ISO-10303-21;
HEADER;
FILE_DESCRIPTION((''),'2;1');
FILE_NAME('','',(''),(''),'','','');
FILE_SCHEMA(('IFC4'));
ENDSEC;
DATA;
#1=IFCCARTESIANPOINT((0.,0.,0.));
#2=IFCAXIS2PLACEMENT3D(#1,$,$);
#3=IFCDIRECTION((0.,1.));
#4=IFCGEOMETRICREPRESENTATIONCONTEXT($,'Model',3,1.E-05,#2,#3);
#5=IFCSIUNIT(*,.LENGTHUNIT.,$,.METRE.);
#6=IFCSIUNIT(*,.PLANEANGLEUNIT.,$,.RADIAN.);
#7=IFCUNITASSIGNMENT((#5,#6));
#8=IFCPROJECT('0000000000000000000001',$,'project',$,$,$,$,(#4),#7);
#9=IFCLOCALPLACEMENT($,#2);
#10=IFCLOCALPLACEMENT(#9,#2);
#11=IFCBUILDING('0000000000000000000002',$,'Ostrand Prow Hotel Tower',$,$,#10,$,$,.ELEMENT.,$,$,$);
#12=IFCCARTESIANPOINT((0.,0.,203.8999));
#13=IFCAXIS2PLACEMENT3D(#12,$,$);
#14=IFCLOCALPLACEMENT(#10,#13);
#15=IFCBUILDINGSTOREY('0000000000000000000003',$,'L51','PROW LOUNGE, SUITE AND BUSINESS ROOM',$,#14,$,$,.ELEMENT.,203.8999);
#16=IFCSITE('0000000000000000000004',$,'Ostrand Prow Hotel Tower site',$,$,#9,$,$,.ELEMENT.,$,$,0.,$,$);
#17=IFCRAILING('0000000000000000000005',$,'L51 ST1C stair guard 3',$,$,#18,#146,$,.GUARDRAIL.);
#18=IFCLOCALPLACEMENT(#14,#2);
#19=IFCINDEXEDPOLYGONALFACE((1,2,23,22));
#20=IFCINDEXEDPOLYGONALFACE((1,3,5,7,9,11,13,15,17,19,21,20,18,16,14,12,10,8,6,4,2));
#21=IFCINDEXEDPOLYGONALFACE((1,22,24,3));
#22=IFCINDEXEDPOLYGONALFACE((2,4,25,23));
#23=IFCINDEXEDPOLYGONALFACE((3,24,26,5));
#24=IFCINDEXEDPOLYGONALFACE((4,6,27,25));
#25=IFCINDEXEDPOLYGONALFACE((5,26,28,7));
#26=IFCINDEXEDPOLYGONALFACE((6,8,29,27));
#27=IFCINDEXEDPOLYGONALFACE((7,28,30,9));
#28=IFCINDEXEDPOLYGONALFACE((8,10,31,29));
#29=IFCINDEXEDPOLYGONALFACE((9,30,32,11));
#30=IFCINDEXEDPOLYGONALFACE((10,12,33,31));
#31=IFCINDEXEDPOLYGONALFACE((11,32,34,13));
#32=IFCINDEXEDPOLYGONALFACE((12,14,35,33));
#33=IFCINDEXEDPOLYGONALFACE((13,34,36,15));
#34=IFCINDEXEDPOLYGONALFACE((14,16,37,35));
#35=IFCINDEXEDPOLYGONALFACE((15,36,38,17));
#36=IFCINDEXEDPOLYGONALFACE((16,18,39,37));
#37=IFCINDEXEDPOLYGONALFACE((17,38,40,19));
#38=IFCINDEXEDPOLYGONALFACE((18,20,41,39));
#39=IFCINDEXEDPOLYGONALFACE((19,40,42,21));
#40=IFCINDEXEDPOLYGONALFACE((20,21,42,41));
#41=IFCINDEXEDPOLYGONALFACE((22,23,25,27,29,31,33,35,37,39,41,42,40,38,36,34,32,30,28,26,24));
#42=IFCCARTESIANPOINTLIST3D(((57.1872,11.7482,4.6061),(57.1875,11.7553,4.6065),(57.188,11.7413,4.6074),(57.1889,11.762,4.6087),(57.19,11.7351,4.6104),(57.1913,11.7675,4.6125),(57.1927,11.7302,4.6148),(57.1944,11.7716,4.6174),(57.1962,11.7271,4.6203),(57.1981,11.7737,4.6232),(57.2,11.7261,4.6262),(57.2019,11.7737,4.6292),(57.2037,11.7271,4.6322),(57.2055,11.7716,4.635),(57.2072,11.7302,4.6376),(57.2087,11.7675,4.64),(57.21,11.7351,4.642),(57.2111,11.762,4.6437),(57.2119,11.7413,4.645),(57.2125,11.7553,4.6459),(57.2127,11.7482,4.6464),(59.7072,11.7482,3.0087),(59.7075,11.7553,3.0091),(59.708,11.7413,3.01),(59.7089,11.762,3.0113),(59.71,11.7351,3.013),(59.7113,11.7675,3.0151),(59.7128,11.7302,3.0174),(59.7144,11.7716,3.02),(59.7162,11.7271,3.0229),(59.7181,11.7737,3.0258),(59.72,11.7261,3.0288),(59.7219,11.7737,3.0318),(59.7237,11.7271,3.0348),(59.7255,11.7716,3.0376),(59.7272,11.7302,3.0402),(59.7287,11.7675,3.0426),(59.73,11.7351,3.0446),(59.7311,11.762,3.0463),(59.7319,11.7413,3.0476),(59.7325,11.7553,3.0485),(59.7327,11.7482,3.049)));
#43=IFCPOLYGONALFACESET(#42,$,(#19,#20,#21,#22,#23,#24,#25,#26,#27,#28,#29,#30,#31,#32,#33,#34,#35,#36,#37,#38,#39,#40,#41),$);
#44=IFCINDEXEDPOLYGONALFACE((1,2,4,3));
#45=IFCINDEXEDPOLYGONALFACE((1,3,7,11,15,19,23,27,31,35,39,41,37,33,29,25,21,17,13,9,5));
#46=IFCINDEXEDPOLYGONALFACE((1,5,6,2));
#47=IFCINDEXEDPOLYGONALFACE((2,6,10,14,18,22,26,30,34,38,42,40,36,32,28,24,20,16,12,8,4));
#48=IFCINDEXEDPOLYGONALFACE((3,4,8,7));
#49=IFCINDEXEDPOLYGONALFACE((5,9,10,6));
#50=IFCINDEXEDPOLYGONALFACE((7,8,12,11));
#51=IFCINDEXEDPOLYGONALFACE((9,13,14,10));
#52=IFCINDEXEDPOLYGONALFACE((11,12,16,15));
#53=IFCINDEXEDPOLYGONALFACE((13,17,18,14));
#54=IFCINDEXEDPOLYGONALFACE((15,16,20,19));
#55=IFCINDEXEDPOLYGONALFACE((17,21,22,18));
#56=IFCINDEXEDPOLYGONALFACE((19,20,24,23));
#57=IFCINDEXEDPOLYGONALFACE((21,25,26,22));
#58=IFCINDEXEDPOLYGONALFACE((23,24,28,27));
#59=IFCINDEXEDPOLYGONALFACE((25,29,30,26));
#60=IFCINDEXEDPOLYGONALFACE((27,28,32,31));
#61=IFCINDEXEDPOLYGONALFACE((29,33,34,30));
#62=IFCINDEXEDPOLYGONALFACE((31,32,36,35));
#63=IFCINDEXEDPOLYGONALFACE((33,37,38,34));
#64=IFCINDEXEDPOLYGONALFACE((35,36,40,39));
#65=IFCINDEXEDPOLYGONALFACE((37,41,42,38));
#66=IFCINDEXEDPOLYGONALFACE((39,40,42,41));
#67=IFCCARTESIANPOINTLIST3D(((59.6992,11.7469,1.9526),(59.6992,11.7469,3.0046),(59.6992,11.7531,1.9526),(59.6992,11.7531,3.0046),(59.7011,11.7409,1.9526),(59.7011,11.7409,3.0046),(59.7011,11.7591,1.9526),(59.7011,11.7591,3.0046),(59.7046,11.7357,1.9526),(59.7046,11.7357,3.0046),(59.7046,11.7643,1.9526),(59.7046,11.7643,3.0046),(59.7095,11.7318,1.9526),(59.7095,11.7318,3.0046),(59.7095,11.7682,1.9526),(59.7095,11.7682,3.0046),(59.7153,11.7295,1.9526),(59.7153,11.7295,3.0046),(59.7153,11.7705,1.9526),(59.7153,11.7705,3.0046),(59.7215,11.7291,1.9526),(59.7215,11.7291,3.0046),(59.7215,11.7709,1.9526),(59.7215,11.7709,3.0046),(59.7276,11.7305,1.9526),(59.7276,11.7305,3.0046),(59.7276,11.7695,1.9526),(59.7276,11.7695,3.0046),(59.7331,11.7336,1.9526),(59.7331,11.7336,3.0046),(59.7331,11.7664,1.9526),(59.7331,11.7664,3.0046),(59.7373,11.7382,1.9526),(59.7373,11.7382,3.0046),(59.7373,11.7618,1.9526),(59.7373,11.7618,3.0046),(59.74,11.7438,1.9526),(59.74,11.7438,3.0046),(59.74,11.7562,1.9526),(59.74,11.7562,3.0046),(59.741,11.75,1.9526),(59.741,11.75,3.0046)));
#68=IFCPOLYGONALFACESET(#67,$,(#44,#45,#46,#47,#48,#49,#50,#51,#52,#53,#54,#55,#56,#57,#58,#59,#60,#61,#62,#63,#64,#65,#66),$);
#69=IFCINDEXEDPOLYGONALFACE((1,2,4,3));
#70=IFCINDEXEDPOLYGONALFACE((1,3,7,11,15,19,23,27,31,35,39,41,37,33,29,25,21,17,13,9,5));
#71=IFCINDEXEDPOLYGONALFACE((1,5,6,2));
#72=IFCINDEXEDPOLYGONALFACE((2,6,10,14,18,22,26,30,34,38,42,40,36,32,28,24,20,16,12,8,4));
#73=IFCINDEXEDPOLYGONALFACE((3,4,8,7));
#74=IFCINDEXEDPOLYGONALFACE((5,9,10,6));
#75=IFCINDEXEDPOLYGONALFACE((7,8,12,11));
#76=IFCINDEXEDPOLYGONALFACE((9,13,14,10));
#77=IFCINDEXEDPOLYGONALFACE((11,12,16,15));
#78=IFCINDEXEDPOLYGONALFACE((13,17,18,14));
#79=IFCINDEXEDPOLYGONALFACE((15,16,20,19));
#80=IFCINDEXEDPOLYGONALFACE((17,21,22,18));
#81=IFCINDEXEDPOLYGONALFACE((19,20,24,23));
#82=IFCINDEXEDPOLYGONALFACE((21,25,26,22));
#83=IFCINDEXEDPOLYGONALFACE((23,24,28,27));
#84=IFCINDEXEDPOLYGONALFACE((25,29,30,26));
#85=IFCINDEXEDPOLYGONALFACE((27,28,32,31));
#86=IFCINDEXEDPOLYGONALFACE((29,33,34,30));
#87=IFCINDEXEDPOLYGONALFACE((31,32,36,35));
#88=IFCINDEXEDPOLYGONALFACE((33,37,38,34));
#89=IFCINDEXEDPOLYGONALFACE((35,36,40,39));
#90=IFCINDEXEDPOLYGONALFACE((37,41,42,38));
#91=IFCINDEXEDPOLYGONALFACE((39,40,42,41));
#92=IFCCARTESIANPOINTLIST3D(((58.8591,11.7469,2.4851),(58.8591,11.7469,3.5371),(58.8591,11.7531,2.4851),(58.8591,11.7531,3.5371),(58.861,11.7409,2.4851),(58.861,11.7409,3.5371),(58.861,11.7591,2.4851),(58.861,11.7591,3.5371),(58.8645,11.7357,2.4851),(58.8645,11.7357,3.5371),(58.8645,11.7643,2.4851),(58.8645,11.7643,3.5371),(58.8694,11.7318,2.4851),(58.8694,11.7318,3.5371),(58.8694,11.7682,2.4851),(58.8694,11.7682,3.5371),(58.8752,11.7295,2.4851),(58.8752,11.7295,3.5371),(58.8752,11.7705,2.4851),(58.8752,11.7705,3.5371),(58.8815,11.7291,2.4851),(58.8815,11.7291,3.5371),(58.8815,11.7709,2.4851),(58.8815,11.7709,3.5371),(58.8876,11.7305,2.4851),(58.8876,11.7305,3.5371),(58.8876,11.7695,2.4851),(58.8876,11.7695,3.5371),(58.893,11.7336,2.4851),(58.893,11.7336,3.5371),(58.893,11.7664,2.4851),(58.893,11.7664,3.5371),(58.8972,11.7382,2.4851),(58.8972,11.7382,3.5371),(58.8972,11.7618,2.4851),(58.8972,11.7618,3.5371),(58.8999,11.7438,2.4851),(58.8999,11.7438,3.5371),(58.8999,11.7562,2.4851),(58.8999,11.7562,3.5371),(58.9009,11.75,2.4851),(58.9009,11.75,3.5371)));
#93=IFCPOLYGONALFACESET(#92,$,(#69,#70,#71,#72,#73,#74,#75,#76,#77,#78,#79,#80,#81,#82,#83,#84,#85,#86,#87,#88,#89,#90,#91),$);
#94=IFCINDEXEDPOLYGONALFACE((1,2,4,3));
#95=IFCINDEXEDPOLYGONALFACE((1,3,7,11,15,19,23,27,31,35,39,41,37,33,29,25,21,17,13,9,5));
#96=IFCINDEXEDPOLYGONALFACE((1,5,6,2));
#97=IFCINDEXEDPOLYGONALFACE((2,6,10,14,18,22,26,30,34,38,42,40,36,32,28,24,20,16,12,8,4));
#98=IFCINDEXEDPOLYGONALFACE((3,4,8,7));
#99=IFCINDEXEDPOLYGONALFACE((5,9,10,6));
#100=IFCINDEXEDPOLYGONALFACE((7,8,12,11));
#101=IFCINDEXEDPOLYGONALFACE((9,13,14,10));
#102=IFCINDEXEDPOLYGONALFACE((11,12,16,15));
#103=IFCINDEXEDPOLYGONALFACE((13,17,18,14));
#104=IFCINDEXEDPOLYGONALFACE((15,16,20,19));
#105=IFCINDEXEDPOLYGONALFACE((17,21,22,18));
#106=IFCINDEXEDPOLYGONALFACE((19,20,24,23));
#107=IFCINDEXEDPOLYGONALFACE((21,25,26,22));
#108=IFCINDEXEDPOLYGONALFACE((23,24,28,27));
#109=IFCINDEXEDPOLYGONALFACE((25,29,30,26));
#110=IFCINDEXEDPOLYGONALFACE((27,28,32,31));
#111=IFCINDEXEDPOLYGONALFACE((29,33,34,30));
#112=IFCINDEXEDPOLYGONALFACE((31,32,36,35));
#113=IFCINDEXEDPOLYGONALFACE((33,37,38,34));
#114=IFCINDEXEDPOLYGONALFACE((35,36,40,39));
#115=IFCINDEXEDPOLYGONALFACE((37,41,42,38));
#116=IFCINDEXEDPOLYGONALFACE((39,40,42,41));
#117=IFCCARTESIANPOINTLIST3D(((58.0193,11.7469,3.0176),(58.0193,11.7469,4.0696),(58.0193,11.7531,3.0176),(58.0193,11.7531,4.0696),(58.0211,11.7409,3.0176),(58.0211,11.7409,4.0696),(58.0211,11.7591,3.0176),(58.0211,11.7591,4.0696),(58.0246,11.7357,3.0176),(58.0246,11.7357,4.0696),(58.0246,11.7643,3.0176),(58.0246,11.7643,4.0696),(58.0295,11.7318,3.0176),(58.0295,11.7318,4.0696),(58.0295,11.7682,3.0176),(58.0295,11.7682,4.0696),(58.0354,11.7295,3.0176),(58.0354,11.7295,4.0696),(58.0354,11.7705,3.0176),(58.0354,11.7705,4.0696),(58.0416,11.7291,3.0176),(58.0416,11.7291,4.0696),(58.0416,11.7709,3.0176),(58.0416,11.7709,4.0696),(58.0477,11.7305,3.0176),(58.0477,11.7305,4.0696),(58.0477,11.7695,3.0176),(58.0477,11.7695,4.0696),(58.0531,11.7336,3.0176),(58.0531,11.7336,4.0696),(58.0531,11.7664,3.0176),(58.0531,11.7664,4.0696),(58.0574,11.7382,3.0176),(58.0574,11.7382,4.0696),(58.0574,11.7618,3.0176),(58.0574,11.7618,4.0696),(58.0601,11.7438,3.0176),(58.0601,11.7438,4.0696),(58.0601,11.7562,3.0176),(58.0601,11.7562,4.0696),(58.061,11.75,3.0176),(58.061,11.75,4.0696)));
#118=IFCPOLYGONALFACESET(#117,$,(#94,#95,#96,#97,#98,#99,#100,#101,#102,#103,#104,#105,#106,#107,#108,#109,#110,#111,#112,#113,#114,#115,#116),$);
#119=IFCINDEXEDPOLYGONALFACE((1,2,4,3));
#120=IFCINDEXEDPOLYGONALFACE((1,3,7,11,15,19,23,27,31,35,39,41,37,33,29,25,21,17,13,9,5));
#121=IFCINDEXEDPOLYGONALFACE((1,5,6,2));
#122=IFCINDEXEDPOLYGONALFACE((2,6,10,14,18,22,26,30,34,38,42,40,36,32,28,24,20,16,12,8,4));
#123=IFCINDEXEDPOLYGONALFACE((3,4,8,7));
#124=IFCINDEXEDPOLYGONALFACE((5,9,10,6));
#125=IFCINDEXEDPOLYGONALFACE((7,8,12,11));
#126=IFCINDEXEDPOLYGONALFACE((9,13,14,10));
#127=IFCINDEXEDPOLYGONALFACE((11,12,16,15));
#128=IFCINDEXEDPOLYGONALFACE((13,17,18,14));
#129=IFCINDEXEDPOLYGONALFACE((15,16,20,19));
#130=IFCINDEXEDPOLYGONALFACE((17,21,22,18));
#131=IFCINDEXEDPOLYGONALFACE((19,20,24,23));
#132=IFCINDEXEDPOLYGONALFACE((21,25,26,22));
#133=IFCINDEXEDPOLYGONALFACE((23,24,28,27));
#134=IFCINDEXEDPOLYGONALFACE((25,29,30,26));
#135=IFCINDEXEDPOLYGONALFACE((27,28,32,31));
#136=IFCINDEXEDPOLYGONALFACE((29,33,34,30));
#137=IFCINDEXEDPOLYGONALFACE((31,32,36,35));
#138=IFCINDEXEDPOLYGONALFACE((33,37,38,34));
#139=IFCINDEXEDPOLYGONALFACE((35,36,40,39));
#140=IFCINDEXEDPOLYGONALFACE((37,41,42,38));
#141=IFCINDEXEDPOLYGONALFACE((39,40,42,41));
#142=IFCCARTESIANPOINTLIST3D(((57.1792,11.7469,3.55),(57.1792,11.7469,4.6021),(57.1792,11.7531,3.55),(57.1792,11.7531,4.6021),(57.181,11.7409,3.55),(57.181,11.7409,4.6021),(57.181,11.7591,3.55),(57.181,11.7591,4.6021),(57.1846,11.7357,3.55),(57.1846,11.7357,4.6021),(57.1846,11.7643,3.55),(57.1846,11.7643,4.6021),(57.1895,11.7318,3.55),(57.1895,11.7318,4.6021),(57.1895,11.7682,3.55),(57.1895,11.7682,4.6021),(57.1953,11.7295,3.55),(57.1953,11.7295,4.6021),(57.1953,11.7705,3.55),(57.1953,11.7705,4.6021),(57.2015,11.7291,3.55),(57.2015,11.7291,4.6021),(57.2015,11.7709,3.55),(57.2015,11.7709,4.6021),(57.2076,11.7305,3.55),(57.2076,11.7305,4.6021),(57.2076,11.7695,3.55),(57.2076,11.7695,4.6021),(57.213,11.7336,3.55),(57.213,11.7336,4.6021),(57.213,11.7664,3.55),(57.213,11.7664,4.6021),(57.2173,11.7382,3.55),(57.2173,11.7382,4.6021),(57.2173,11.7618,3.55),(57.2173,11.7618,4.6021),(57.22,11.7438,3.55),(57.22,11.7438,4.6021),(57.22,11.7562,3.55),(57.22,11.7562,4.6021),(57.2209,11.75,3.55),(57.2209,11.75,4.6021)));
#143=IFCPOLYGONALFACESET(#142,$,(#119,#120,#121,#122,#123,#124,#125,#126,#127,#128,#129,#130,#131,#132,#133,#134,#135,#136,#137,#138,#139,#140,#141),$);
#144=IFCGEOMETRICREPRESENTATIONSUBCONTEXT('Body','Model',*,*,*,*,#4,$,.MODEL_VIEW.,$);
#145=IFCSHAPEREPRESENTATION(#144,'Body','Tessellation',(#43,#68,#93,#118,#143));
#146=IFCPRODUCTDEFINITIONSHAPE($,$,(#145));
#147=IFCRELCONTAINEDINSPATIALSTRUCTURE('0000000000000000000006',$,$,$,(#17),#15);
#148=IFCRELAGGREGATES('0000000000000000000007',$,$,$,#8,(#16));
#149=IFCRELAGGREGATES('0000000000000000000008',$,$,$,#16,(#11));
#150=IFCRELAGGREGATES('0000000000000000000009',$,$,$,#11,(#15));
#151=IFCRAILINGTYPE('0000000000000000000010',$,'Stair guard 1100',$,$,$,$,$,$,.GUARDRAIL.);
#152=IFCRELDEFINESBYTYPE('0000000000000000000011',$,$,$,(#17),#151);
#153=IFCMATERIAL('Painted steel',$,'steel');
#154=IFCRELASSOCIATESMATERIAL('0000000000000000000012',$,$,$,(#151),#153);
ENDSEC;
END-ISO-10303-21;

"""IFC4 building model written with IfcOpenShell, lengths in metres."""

from ifc_helpers import new_model, si_unit, direction, frame, origin, origin_2d, place, context, subcontext, project, spatial, circle, extrude, material, type_object, element, save


model = new_model("IFC4")

# Units and contexts
model_context = context("Model", 3, precision=1e-05, world=origin(), true_north=direction((0.0, 1.0)))
body_context = subcontext(model_context, "Body", "Model", "MODEL_VIEW")
ifc_project = project(units=[si_unit("LENGTHUNIT", "METRE"), si_unit("PLANEANGLEUNIT", "RADIAN")], contexts=[model_context])

# Site, building, storey
site_placement = place(None, origin())
site = spatial("IfcSite", under=ifc_project, at=site_placement, Name="Ostrand Prow Hotel Tower site", CompositionType="ELEMENT", RefElevation=0.0)
building_placement = place(site_placement, origin())
building = spatial("IfcBuilding", under=site, at=building_placement, Name="Ostrand Prow Hotel Tower", CompositionType="ELEMENT")
storey_placement = place(building_placement, frame((0.0, 0.0, 203.8999)))
storey = spatial("IfcBuildingStorey", under=building, at=storey_placement, Name="L51", Description="PROW LOUNGE, SUITE AND BUSINESS ROOM", CompositionType="ELEMENT", Elevation=203.8999)

# Railing
ifc_material_1 = material(Name="Painted steel", Category="steel")
railing_type_1 = type_object("IfcRailingType", Name="Stair guard 1100", PredefinedType="GUARDRAIL", material=ifc_material_1)
railing_1_placement = place(storey_placement, frame((59.72, 11.75, 1.9526)))
element("IfcRailing", 1, at=railing_1_placement, inside=storey, type_object=railing_type_1, Name="L51 ST1C stair guard 3", PredefinedType="GUARDRAIL", context=body_context, shape_type="SweptSolid", body=[
    extrude(circle(Radius=0.0239, at=origin_2d()), frame((0.0, 0.0, 1.0762), z_axis=(-0.844607, 0.0, 0.535387), x_axis=(0.0, -1.0, 0.0)), (0.0, 0.0, 1.0), 2.9836),
    extrude(circle(Radius=0.021, at=origin_2d()), origin(), (0.0, 0.0, 1.0), 1.052),
    extrude(circle(Radius=0.021, at=origin_2d()), frame((-0.8401, 0.0, 0.5325)), (0.0, 0.0, 1.0), 1.052),
    extrude(circle(Radius=0.021, at=origin_2d()), frame((-1.6799, 0.0, 1.0649)), (0.0, 0.0, 1.0), 1.052),
    extrude(circle(Radius=0.021, at=origin_2d()), frame((-2.52, 0.0, 1.5974)), (0.0, 0.0, 1.0), 1.052),
])

save(model, "model.ifc")
